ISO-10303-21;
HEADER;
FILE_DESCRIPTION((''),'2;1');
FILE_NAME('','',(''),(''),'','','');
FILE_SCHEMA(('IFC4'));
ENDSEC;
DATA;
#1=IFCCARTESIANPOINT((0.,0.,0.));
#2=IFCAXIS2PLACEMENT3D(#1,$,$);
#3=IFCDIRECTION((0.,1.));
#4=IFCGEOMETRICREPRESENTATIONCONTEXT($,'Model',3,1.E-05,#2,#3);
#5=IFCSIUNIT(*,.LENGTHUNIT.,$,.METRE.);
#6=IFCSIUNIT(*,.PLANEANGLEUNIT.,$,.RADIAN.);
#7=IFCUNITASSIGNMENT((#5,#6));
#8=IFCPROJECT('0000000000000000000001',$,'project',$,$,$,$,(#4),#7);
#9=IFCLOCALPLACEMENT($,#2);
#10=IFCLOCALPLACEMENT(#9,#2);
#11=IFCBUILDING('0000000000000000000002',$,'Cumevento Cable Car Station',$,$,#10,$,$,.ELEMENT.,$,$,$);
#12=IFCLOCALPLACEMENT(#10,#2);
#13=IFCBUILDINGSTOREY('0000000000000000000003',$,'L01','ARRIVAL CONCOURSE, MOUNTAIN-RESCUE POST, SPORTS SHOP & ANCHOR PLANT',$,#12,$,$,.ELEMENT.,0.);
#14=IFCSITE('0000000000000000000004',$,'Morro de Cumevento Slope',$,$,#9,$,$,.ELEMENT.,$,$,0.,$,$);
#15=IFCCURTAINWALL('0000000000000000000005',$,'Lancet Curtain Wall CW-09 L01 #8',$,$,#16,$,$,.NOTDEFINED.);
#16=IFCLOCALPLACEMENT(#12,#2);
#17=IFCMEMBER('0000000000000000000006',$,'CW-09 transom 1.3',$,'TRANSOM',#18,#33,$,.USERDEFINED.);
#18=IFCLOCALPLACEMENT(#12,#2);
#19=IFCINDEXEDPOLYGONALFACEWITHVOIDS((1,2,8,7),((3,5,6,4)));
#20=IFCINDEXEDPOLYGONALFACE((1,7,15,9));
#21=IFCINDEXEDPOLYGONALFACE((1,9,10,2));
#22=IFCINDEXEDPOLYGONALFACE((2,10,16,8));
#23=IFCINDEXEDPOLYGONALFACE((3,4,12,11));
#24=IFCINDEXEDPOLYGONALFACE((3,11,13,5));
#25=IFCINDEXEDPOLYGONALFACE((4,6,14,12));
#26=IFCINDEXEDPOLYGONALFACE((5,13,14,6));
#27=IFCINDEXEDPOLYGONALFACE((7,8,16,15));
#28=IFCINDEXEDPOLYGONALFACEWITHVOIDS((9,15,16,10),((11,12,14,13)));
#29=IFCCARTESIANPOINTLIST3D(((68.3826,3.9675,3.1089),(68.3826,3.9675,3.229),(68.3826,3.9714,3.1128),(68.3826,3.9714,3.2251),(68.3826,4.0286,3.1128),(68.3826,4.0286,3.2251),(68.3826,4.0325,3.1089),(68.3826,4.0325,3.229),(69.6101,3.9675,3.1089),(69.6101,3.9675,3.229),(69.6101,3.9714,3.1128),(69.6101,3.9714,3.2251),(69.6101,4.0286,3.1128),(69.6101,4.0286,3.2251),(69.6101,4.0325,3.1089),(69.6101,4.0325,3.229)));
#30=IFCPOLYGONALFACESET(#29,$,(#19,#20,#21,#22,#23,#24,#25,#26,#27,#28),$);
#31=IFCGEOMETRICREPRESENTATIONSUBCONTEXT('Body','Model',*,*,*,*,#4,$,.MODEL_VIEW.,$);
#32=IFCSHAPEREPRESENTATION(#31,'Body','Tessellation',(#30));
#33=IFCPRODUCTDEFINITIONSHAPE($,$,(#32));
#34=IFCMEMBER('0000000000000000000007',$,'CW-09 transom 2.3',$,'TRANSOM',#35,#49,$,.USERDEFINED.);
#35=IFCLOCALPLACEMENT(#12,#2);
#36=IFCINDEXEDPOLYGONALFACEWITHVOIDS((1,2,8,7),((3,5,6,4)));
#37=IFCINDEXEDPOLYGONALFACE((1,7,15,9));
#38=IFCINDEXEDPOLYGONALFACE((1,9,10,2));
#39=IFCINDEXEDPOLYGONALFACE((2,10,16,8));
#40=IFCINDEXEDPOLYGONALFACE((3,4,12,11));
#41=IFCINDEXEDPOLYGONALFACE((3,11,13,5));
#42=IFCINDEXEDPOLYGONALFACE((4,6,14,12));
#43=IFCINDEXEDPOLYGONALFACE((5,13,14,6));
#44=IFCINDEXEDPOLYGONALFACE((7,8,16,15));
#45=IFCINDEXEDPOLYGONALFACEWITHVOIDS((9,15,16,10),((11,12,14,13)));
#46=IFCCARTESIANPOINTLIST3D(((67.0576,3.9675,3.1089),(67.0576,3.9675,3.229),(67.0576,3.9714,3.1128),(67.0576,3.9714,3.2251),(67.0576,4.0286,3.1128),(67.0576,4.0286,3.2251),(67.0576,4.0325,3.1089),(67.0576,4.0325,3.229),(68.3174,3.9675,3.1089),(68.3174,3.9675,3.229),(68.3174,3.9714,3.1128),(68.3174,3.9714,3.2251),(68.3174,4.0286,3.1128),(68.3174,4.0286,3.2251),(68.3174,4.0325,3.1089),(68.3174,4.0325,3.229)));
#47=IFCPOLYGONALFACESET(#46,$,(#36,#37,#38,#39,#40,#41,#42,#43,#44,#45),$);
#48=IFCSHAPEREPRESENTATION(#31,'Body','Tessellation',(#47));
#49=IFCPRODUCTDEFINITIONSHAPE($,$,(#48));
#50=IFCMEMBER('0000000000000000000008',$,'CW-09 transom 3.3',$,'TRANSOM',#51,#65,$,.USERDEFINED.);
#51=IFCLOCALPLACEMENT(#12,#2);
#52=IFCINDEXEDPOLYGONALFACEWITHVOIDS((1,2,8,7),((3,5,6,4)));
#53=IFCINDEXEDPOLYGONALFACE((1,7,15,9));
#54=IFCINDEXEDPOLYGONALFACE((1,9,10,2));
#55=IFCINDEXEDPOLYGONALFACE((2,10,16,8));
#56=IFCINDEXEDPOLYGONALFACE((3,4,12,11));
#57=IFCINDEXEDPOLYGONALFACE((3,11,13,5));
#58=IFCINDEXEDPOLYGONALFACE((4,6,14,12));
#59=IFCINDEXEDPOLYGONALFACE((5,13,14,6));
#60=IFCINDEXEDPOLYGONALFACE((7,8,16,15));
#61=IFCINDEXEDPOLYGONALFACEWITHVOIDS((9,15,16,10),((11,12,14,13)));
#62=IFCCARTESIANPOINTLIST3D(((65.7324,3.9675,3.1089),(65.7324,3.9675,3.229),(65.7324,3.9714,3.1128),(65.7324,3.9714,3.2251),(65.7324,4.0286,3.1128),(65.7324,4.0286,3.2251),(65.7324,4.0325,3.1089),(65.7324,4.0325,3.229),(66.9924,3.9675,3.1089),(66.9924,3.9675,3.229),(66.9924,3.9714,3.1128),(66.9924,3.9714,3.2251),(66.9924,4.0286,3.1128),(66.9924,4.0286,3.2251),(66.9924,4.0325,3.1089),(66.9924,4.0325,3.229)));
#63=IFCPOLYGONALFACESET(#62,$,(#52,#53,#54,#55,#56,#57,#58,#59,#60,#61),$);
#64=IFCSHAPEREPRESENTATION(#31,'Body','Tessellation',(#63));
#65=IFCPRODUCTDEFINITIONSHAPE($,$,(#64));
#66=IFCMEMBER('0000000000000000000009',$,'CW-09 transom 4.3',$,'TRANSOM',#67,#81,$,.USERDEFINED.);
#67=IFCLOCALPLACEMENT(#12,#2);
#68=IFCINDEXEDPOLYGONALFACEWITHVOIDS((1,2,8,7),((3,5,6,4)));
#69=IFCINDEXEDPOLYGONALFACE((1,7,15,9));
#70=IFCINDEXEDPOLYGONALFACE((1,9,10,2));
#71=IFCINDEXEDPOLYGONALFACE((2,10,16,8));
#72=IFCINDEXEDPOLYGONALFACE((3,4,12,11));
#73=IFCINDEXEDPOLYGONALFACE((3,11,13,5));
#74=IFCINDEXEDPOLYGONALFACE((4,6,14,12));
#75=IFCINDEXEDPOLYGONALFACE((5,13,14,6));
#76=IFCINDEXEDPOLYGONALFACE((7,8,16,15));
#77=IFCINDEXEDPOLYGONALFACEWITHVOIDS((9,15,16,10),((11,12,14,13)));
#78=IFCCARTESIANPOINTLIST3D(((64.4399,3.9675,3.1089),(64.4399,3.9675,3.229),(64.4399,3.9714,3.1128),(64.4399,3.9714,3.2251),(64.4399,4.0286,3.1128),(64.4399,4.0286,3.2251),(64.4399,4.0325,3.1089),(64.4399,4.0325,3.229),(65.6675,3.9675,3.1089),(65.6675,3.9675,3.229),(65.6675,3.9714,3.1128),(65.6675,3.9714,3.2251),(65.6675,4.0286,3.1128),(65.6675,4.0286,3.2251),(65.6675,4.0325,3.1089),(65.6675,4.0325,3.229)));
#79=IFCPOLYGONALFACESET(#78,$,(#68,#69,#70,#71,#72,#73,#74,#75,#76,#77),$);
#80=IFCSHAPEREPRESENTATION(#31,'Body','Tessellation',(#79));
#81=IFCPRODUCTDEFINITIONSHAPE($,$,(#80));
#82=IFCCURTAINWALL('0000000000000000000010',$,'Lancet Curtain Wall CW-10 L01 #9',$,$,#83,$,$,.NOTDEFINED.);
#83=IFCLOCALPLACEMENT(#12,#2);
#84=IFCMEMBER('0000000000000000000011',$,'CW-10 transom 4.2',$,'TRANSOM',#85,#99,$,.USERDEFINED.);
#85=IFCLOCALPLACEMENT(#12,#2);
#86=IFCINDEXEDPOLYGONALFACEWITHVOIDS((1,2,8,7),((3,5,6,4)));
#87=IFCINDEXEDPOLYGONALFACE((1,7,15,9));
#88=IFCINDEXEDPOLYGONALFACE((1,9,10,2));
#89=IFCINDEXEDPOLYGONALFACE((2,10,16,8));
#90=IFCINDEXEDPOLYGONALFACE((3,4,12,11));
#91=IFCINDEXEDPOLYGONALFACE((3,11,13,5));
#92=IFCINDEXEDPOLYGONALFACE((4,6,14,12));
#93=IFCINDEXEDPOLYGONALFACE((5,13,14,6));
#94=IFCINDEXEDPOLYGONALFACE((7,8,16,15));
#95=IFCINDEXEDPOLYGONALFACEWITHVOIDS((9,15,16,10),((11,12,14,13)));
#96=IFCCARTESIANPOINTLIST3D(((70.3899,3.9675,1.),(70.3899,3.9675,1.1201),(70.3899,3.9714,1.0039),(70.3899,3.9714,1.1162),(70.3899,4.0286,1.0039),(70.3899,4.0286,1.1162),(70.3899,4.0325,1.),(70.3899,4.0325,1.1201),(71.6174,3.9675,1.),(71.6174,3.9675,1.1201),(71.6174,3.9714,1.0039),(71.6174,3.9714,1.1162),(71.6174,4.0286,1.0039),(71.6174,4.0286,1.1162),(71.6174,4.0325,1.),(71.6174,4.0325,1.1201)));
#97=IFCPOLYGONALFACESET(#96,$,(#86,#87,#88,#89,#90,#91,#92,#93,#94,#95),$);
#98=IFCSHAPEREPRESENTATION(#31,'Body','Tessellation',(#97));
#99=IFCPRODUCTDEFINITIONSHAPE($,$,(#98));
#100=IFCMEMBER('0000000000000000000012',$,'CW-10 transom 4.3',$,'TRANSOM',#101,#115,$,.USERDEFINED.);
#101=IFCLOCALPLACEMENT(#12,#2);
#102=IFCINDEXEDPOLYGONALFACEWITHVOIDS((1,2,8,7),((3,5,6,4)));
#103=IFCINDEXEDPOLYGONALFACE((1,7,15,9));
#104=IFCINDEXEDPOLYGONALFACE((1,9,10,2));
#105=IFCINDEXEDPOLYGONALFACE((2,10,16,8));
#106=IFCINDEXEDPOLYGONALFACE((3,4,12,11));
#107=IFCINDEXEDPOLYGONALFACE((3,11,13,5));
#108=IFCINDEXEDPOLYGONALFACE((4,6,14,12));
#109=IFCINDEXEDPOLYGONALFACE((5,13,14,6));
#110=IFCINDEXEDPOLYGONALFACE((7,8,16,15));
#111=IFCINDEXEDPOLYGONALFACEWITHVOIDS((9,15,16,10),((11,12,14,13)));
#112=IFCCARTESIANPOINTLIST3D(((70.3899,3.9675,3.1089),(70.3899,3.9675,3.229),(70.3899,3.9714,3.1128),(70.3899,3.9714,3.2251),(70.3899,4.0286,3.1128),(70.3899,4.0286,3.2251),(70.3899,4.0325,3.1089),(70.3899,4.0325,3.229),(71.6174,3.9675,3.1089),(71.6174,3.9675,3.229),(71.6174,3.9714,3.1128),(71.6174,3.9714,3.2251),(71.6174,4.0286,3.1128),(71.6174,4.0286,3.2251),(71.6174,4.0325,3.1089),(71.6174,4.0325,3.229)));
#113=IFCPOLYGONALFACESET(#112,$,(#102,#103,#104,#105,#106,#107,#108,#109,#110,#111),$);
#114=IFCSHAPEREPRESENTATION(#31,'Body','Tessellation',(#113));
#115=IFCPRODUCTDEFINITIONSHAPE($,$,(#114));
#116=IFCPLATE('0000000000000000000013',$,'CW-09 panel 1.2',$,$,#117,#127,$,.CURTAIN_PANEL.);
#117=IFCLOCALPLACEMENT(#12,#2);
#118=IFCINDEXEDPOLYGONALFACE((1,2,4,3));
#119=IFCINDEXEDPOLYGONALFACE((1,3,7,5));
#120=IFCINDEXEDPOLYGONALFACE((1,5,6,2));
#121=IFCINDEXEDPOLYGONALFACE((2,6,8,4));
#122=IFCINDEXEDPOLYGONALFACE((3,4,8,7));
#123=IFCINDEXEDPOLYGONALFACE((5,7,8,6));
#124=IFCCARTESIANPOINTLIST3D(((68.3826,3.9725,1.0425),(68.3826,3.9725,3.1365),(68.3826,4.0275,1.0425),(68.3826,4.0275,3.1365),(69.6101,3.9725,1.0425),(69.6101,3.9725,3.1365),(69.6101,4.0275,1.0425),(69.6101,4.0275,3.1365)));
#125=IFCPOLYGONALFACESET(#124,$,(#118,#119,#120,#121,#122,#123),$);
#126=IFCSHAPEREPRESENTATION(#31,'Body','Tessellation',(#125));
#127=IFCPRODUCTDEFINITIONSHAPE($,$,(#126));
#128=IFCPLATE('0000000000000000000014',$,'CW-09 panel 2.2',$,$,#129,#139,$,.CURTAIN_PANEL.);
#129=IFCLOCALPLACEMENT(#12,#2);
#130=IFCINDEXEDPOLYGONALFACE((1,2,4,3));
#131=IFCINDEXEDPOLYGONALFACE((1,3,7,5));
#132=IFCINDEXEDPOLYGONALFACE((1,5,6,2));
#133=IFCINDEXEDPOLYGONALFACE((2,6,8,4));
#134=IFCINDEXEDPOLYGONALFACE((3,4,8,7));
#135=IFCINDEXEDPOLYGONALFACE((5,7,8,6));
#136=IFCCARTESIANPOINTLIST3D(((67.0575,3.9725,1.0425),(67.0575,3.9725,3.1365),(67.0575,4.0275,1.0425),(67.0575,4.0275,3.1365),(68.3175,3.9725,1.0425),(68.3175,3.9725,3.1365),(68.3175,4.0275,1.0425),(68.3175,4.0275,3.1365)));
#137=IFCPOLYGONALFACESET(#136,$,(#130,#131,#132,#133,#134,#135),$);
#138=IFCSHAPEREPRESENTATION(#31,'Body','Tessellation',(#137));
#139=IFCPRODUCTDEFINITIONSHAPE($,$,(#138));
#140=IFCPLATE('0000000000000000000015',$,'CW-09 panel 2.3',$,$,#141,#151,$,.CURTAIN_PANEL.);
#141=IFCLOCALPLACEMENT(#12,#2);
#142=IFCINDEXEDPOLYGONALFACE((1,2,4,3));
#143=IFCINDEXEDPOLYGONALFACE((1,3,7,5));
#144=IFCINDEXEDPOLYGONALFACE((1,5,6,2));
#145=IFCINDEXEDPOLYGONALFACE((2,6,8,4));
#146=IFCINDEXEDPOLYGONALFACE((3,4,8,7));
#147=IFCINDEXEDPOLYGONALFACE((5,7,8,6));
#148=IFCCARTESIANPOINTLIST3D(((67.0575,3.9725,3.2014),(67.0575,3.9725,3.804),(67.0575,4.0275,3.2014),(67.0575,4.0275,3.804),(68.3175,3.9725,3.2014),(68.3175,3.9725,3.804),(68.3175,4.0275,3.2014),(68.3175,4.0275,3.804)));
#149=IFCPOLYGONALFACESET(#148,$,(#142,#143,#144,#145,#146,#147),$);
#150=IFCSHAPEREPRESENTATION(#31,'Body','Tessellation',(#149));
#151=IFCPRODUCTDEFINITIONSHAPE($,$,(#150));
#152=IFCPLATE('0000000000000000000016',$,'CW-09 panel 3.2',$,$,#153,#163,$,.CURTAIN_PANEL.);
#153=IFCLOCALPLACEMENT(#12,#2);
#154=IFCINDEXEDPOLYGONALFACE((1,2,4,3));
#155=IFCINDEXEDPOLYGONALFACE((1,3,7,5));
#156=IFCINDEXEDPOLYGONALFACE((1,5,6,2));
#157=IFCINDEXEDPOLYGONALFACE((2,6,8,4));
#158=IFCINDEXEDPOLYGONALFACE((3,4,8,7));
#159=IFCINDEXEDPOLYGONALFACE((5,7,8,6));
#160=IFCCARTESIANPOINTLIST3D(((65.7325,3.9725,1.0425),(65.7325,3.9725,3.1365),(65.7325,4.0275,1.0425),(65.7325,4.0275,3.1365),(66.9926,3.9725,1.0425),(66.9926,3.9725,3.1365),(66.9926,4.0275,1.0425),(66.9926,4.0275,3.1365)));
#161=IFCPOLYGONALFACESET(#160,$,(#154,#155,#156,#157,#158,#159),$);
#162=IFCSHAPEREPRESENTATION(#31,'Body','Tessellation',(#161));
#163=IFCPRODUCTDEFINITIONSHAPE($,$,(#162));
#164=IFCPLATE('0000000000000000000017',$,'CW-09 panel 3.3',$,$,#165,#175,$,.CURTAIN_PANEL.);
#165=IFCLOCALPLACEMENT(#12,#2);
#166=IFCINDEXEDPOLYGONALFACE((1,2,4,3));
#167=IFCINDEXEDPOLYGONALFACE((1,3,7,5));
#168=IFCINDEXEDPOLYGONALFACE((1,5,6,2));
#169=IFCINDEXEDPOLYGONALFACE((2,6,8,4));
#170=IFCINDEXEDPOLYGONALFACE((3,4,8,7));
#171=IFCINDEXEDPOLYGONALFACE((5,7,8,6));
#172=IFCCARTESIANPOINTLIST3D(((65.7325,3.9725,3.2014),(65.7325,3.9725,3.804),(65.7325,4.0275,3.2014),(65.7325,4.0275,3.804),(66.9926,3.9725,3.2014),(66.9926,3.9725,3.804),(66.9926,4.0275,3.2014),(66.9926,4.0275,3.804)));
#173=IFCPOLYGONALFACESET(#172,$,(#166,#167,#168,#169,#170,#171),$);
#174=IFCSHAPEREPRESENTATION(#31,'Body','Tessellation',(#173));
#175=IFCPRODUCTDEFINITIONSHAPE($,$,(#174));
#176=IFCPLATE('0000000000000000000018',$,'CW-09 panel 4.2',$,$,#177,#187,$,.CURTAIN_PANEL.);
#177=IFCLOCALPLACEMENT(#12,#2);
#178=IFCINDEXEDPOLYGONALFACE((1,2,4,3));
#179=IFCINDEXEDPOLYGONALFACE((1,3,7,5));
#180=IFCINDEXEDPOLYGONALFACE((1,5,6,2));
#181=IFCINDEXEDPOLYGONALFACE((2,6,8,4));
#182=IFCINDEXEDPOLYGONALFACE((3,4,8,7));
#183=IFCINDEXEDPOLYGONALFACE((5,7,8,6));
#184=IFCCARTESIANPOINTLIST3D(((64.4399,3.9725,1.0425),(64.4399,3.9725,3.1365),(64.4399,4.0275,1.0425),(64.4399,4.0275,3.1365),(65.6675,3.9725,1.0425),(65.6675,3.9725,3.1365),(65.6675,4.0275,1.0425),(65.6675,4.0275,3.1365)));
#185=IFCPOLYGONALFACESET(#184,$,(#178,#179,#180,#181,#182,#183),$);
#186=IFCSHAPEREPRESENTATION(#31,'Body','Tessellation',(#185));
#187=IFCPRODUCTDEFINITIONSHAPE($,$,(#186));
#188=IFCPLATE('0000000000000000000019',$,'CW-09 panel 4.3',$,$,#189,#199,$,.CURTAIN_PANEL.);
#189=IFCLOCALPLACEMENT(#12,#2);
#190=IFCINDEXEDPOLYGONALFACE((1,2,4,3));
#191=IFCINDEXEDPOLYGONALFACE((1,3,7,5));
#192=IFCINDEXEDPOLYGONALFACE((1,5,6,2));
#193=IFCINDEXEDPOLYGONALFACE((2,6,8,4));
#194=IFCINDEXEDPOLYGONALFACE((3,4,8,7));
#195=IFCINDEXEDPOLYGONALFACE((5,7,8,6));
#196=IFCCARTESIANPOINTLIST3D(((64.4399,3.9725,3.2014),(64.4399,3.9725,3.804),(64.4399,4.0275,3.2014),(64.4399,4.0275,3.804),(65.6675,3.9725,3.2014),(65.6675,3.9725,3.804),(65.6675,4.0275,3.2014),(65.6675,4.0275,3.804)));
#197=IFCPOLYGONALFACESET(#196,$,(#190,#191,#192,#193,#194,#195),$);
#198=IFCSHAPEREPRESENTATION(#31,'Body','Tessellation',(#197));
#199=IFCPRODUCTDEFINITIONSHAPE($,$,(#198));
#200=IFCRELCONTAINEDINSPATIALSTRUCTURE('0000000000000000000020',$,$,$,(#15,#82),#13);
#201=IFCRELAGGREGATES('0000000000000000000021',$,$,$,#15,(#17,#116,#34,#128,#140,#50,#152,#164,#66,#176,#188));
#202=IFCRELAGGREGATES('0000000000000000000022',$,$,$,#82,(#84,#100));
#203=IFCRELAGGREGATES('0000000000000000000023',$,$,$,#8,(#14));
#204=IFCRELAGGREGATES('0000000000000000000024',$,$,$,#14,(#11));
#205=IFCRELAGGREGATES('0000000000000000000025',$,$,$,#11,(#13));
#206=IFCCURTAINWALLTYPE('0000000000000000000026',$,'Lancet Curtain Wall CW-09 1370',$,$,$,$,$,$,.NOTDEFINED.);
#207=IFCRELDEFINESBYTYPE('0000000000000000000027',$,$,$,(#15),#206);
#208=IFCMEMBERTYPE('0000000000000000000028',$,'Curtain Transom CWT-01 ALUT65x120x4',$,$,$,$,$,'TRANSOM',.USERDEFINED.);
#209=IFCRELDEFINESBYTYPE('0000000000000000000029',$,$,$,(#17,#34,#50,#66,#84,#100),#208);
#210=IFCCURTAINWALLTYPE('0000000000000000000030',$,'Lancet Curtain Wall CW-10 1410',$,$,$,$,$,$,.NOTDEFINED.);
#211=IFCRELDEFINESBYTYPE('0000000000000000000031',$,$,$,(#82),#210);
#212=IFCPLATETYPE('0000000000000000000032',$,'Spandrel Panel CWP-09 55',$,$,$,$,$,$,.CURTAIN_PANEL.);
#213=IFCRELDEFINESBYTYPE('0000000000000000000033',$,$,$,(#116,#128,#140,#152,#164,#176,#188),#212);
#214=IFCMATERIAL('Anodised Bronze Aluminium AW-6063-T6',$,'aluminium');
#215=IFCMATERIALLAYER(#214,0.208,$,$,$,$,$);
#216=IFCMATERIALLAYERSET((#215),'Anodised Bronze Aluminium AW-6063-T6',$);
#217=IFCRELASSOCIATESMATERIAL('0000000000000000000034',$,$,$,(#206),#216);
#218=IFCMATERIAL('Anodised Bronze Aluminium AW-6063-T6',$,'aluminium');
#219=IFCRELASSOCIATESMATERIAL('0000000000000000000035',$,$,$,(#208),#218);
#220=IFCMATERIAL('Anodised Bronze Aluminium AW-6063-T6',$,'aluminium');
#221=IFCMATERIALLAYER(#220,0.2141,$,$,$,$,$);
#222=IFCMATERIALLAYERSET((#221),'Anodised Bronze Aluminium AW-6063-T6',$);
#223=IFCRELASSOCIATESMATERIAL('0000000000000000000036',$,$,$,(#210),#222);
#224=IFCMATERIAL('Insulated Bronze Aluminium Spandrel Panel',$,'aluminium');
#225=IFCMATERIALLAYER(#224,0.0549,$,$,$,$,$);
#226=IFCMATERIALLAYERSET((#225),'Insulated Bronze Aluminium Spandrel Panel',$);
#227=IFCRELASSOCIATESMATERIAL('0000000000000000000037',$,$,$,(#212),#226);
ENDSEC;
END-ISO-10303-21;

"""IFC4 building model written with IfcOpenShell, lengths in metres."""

from ifc_helpers import new_model, si_unit, direction, frame, origin, origin_2d, place, context, subcontext, project, spatial, rectangle, hollow_rectangle, extrude, material, layer, layer_set, material_profile, profile_set, type_object, element, aggregate, save


model = new_model("IFC4")

# Units and contexts
model_context = context("Model", 3, precision=1e-05, world=origin(), true_north=direction((0.0, 1.0)))
body_context = subcontext(model_context, "Body", "Model", "MODEL_VIEW")
ifc_project = project(units=[si_unit("LENGTHUNIT", "METRE"), si_unit("PLANEANGLEUNIT", "RADIAN")], contexts=[model_context])

# Site, building, storey
site_placement = place(None, origin())
site = spatial("IfcSite", under=ifc_project, at=site_placement, Name="Morro de Cumevento Slope", CompositionType="ELEMENT", RefElevation=0.0)
building_placement = place(site_placement, origin())
building = spatial("IfcBuilding", under=site, at=building_placement, Name="Cumevento Cable Car Station", CompositionType="ELEMENT")
storey_placement = place(building_placement, origin())
storey = spatial("IfcBuildingStorey", under=building, at=storey_placement, Name="L01", Description="ARRIVAL CONCOURSE, MOUNTAIN-RESCUE POST, SPORTS SHOP & ANCHOR PLANT", CompositionType="ELEMENT", Elevation=0.0)

# Curtain walls, members
ifc_material_1 = material(Name="Anodised Bronze Aluminium AW-6063-T6", Category="aluminium")
ifc_layer_1 = layer(ifc_material_1, 0.208)
ifc_layer_set_1 = layer_set([ifc_layer_1], Name="Anodised Bronze Aluminium AW-6063-T6")
curtain_wall_type_1 = type_object("IfcCurtainWallType", Name="Lancet Curtain Wall CW-09 1370", PredefinedType="NOTDEFINED", material=ifc_layer_set_1)
curtain_wall_1_placement = place(storey_placement, origin())
curtain_wall_1 = element("IfcCurtainWall", 1, at=curtain_wall_1_placement, inside=storey, type_object=curtain_wall_type_1, Name="Lancet Curtain Wall CW-09 L01 #8", PredefinedType="NOTDEFINED")
ifc_material_2 = material(Name="Anodised Bronze Aluminium AW-6063-T6", Category="aluminium")
ifc_material_profile = material_profile(ifc_material_2, hollow_rectangle(XDim=0.0649, YDim=0.1201, WallThickness=0.0039, at=origin_2d()), Name="ALUT65x120x4")
ifc_profile_set = profile_set([ifc_material_profile], Name="Anodised Bronze Aluminium AW-6063-T6")
member_type = type_object("IfcMemberType", Name="Curtain Transom CWT-01 ALUT65x120x4", ElementType="TRANSOM", PredefinedType="USERDEFINED", material=ifc_profile_set)
member_1_placement = place(storey_placement, frame((69.6101, 4.0, 3.1689), z_axis=(-1.0, 0.0, 0.0), x_axis=(0.0, -1.0, 0.0)))
member_1 = element("IfcMember", 2, at=member_1_placement, type_object=member_type, Name="CW-09 transom 1.3", ObjectType="TRANSOM", PredefinedType="USERDEFINED", context=body_context, shape_type="SweptSolid", body=[
    extrude(hollow_rectangle(XDim=0.0649, YDim=0.1201, WallThickness=0.0039, at=origin_2d()), origin(), (0.0, 0.0, 1.0), 1.2275),
])
member_2_placement = place(storey_placement, frame((68.3174, 4.0, 3.1689), z_axis=(-1.0, 0.0, 0.0), x_axis=(0.0, -1.0, 0.0)))
member_2 = element("IfcMember", 3, at=member_2_placement, type_object=member_type, Name="CW-09 transom 2.3", ObjectType="TRANSOM", PredefinedType="USERDEFINED", context=body_context, shape_type="SweptSolid", body=[
    extrude(hollow_rectangle(XDim=0.0649, YDim=0.1201, WallThickness=0.0039, at=origin_2d()), origin(), (0.0, 0.0, 1.0), 1.2598),
])
member_3_placement = place(storey_placement, frame((66.9924, 4.0, 3.1689), z_axis=(-1.0, 0.0, 0.0), x_axis=(0.0, -1.0, 0.0)))
member_3 = element("IfcMember", 4, at=member_3_placement, type_object=member_type, Name="CW-09 transom 3.3", ObjectType="TRANSOM", PredefinedType="USERDEFINED", context=body_context, shape_type="SweptSolid", body=[
    extrude(hollow_rectangle(XDim=0.0649, YDim=0.1201, WallThickness=0.0039, at=origin_2d()), origin(), (0.0, 0.0, 1.0), 1.26),
])
member_4_placement = place(storey_placement, frame((65.6675, 4.0, 3.1689), z_axis=(-1.0, 0.0, 0.0), x_axis=(0.0, -1.0, 0.0)))
member_4 = element("IfcMember", 5, at=member_4_placement, type_object=member_type, Name="CW-09 transom 4.3", ObjectType="TRANSOM", PredefinedType="USERDEFINED", context=body_context, shape_type="SweptSolid", body=[
    extrude(hollow_rectangle(XDim=0.0649, YDim=0.1201, WallThickness=0.0039, at=origin_2d()), origin(), (0.0, 0.0, 1.0), 1.2275),
])
ifc_material_3 = material(Name="Anodised Bronze Aluminium AW-6063-T6", Category="aluminium")
ifc_layer_2 = layer(ifc_material_3, 0.2141)
ifc_layer_set_2 = layer_set([ifc_layer_2], Name="Anodised Bronze Aluminium AW-6063-T6")
curtain_wall_type_2 = type_object("IfcCurtainWallType", Name="Lancet Curtain Wall CW-10 1410", PredefinedType="NOTDEFINED", material=ifc_layer_set_2)
curtain_wall_2_placement = place(storey_placement, origin())
curtain_wall_2 = element("IfcCurtainWall", 6, at=curtain_wall_2_placement, inside=storey, type_object=curtain_wall_type_2, Name="Lancet Curtain Wall CW-10 L01 #9", PredefinedType="NOTDEFINED")
member_5_placement = place(storey_placement, frame((71.6174, 4.0, 1.0601), z_axis=(-1.0, 0.0, 0.0), x_axis=(0.0, -1.0, 0.0)))
member_5 = element("IfcMember", 7, at=member_5_placement, type_object=member_type, Name="CW-10 transom 4.2", ObjectType="TRANSOM", PredefinedType="USERDEFINED", context=body_context, shape_type="SweptSolid", body=[
    extrude(hollow_rectangle(XDim=0.0649, YDim=0.1201, WallThickness=0.0039, at=origin_2d()), origin(), (0.0, 0.0, 1.0), 1.2275),
])
member_6_placement = place(storey_placement, frame((71.6174, 4.0, 3.1689), z_axis=(-1.0, 0.0, 0.0), x_axis=(0.0, -1.0, 0.0)))
member_6 = element("IfcMember", 8, at=member_6_placement, type_object=member_type, Name="CW-10 transom 4.3", ObjectType="TRANSOM", PredefinedType="USERDEFINED", context=body_context, shape_type="SweptSolid", body=[
    extrude(hollow_rectangle(XDim=0.0649, YDim=0.1201, WallThickness=0.0039, at=origin_2d()), origin(), (0.0, 0.0, 1.0), 1.2275),
])

# Plates
ifc_material_4 = material(Name="Insulated Bronze Aluminium Spandrel Panel", Category="aluminium")
ifc_layer_3 = layer(ifc_material_4, 0.0549)
ifc_layer_set_3 = layer_set([ifc_layer_3], Name="Insulated Bronze Aluminium Spandrel Panel")
plate_type_1 = type_object("IfcPlateType", Name="Spandrel Panel CWP-09 55", PredefinedType="CURTAIN_PANEL", material=ifc_layer_set_3)
plate_1_placement = place(storey_placement, frame((68.9963, 4.0, 1.0425), z_axis=(0.0, 0.0, 1.0), x_axis=(-1.0, 0.0, 0.0)))
plate_1 = element("IfcPlate", 9, at=plate_1_placement, type_object=plate_type_1, Name="CW-09 panel 1.2", PredefinedType="CURTAIN_PANEL", context=body_context, shape_type="SweptSolid", body=[
    extrude(rectangle(XDim=1.2275, YDim=0.0549, at=origin_2d()), origin(), (0.0, 0.0, 1.0), 2.094),
])
plate_2_placement = place(storey_placement, frame((67.6875, 4.0, 1.0425), z_axis=(0.0, 0.0, 1.0), x_axis=(-1.0, 0.0, 0.0)))
plate_2 = element("IfcPlate", 10, at=plate_2_placement, type_object=plate_type_1, Name="CW-09 panel 2.2", PredefinedType="CURTAIN_PANEL", context=body_context, shape_type="SweptSolid", body=[
    extrude(rectangle(XDim=1.26, YDim=0.0549, at=origin_2d()), origin(), (0.0, 0.0, 1.0), 2.094),
])
plate_3_placement = place(storey_placement, frame((67.6875, 4.0, 3.2014), z_axis=(0.0, 0.0, 1.0), x_axis=(-1.0, 0.0, 0.0)))
plate_3 = element("IfcPlate", 11, at=plate_3_placement, type_object=plate_type_1, Name="CW-09 panel 2.3", PredefinedType="CURTAIN_PANEL", context=body_context, shape_type="SweptSolid", body=[
    extrude(rectangle(XDim=1.26, YDim=0.0549, at=origin_2d()), origin(), (0.0, 0.0, 1.0), 0.6025),
])
plate_4_placement = place(storey_placement, frame((66.3625, 4.0, 1.0425), z_axis=(0.0, 0.0, 1.0), x_axis=(-1.0, 0.0, 0.0)))
plate_4 = element("IfcPlate", 12, at=plate_4_placement, type_object=plate_type_1, Name="CW-09 panel 3.2", PredefinedType="CURTAIN_PANEL", context=body_context, shape_type="SweptSolid", body=[
    extrude(rectangle(XDim=1.26, YDim=0.0549, at=origin_2d()), origin(), (0.0, 0.0, 1.0), 2.094),
])
plate_5_placement = place(storey_placement, frame((66.3625, 4.0, 3.2014), z_axis=(0.0, 0.0, 1.0), x_axis=(-1.0, 0.0, 0.0)))
plate_5 = element("IfcPlate", 13, at=plate_5_placement, type_object=plate_type_1, Name="CW-09 panel 3.3", PredefinedType="CURTAIN_PANEL", context=body_context, shape_type="SweptSolid", body=[
    extrude(rectangle(XDim=1.26, YDim=0.0549, at=origin_2d()), origin(), (0.0, 0.0, 1.0), 0.6025),
])
plate_6_placement = place(storey_placement, frame((65.0537, 4.0, 1.0425), z_axis=(0.0, 0.0, 1.0), x_axis=(-1.0, 0.0, 0.0)))
plate_6 = element("IfcPlate", 14, at=plate_6_placement, type_object=plate_type_1, Name="CW-09 panel 4.2", PredefinedType="CURTAIN_PANEL", context=body_context, shape_type="SweptSolid", body=[
    extrude(rectangle(XDim=1.2275, YDim=0.0549, at=origin_2d()), origin(), (0.0, 0.0, 1.0), 2.094),
])
plate_7_placement = place(storey_placement, frame((65.0537, 4.0, 3.2014), z_axis=(0.0, 0.0, 1.0), x_axis=(-1.0, 0.0, 0.0)))
plate_7 = element("IfcPlate", 15, at=plate_7_placement, type_object=plate_type_1, Name="CW-09 panel 4.3", PredefinedType="CURTAIN_PANEL", context=body_context, shape_type="SweptSolid", body=[
    extrude(rectangle(XDim=1.2275, YDim=0.0549, at=origin_2d()), origin(), (0.0, 0.0, 1.0), 0.6025),
])
aggregate(curtain_wall_1, [member_1, plate_1, member_2, plate_2, plate_3, member_3, plate_4, plate_5, member_4, plate_6, plate_7])
aggregate(curtain_wall_2, [member_5, member_6])

save(model, "model.ifc")
